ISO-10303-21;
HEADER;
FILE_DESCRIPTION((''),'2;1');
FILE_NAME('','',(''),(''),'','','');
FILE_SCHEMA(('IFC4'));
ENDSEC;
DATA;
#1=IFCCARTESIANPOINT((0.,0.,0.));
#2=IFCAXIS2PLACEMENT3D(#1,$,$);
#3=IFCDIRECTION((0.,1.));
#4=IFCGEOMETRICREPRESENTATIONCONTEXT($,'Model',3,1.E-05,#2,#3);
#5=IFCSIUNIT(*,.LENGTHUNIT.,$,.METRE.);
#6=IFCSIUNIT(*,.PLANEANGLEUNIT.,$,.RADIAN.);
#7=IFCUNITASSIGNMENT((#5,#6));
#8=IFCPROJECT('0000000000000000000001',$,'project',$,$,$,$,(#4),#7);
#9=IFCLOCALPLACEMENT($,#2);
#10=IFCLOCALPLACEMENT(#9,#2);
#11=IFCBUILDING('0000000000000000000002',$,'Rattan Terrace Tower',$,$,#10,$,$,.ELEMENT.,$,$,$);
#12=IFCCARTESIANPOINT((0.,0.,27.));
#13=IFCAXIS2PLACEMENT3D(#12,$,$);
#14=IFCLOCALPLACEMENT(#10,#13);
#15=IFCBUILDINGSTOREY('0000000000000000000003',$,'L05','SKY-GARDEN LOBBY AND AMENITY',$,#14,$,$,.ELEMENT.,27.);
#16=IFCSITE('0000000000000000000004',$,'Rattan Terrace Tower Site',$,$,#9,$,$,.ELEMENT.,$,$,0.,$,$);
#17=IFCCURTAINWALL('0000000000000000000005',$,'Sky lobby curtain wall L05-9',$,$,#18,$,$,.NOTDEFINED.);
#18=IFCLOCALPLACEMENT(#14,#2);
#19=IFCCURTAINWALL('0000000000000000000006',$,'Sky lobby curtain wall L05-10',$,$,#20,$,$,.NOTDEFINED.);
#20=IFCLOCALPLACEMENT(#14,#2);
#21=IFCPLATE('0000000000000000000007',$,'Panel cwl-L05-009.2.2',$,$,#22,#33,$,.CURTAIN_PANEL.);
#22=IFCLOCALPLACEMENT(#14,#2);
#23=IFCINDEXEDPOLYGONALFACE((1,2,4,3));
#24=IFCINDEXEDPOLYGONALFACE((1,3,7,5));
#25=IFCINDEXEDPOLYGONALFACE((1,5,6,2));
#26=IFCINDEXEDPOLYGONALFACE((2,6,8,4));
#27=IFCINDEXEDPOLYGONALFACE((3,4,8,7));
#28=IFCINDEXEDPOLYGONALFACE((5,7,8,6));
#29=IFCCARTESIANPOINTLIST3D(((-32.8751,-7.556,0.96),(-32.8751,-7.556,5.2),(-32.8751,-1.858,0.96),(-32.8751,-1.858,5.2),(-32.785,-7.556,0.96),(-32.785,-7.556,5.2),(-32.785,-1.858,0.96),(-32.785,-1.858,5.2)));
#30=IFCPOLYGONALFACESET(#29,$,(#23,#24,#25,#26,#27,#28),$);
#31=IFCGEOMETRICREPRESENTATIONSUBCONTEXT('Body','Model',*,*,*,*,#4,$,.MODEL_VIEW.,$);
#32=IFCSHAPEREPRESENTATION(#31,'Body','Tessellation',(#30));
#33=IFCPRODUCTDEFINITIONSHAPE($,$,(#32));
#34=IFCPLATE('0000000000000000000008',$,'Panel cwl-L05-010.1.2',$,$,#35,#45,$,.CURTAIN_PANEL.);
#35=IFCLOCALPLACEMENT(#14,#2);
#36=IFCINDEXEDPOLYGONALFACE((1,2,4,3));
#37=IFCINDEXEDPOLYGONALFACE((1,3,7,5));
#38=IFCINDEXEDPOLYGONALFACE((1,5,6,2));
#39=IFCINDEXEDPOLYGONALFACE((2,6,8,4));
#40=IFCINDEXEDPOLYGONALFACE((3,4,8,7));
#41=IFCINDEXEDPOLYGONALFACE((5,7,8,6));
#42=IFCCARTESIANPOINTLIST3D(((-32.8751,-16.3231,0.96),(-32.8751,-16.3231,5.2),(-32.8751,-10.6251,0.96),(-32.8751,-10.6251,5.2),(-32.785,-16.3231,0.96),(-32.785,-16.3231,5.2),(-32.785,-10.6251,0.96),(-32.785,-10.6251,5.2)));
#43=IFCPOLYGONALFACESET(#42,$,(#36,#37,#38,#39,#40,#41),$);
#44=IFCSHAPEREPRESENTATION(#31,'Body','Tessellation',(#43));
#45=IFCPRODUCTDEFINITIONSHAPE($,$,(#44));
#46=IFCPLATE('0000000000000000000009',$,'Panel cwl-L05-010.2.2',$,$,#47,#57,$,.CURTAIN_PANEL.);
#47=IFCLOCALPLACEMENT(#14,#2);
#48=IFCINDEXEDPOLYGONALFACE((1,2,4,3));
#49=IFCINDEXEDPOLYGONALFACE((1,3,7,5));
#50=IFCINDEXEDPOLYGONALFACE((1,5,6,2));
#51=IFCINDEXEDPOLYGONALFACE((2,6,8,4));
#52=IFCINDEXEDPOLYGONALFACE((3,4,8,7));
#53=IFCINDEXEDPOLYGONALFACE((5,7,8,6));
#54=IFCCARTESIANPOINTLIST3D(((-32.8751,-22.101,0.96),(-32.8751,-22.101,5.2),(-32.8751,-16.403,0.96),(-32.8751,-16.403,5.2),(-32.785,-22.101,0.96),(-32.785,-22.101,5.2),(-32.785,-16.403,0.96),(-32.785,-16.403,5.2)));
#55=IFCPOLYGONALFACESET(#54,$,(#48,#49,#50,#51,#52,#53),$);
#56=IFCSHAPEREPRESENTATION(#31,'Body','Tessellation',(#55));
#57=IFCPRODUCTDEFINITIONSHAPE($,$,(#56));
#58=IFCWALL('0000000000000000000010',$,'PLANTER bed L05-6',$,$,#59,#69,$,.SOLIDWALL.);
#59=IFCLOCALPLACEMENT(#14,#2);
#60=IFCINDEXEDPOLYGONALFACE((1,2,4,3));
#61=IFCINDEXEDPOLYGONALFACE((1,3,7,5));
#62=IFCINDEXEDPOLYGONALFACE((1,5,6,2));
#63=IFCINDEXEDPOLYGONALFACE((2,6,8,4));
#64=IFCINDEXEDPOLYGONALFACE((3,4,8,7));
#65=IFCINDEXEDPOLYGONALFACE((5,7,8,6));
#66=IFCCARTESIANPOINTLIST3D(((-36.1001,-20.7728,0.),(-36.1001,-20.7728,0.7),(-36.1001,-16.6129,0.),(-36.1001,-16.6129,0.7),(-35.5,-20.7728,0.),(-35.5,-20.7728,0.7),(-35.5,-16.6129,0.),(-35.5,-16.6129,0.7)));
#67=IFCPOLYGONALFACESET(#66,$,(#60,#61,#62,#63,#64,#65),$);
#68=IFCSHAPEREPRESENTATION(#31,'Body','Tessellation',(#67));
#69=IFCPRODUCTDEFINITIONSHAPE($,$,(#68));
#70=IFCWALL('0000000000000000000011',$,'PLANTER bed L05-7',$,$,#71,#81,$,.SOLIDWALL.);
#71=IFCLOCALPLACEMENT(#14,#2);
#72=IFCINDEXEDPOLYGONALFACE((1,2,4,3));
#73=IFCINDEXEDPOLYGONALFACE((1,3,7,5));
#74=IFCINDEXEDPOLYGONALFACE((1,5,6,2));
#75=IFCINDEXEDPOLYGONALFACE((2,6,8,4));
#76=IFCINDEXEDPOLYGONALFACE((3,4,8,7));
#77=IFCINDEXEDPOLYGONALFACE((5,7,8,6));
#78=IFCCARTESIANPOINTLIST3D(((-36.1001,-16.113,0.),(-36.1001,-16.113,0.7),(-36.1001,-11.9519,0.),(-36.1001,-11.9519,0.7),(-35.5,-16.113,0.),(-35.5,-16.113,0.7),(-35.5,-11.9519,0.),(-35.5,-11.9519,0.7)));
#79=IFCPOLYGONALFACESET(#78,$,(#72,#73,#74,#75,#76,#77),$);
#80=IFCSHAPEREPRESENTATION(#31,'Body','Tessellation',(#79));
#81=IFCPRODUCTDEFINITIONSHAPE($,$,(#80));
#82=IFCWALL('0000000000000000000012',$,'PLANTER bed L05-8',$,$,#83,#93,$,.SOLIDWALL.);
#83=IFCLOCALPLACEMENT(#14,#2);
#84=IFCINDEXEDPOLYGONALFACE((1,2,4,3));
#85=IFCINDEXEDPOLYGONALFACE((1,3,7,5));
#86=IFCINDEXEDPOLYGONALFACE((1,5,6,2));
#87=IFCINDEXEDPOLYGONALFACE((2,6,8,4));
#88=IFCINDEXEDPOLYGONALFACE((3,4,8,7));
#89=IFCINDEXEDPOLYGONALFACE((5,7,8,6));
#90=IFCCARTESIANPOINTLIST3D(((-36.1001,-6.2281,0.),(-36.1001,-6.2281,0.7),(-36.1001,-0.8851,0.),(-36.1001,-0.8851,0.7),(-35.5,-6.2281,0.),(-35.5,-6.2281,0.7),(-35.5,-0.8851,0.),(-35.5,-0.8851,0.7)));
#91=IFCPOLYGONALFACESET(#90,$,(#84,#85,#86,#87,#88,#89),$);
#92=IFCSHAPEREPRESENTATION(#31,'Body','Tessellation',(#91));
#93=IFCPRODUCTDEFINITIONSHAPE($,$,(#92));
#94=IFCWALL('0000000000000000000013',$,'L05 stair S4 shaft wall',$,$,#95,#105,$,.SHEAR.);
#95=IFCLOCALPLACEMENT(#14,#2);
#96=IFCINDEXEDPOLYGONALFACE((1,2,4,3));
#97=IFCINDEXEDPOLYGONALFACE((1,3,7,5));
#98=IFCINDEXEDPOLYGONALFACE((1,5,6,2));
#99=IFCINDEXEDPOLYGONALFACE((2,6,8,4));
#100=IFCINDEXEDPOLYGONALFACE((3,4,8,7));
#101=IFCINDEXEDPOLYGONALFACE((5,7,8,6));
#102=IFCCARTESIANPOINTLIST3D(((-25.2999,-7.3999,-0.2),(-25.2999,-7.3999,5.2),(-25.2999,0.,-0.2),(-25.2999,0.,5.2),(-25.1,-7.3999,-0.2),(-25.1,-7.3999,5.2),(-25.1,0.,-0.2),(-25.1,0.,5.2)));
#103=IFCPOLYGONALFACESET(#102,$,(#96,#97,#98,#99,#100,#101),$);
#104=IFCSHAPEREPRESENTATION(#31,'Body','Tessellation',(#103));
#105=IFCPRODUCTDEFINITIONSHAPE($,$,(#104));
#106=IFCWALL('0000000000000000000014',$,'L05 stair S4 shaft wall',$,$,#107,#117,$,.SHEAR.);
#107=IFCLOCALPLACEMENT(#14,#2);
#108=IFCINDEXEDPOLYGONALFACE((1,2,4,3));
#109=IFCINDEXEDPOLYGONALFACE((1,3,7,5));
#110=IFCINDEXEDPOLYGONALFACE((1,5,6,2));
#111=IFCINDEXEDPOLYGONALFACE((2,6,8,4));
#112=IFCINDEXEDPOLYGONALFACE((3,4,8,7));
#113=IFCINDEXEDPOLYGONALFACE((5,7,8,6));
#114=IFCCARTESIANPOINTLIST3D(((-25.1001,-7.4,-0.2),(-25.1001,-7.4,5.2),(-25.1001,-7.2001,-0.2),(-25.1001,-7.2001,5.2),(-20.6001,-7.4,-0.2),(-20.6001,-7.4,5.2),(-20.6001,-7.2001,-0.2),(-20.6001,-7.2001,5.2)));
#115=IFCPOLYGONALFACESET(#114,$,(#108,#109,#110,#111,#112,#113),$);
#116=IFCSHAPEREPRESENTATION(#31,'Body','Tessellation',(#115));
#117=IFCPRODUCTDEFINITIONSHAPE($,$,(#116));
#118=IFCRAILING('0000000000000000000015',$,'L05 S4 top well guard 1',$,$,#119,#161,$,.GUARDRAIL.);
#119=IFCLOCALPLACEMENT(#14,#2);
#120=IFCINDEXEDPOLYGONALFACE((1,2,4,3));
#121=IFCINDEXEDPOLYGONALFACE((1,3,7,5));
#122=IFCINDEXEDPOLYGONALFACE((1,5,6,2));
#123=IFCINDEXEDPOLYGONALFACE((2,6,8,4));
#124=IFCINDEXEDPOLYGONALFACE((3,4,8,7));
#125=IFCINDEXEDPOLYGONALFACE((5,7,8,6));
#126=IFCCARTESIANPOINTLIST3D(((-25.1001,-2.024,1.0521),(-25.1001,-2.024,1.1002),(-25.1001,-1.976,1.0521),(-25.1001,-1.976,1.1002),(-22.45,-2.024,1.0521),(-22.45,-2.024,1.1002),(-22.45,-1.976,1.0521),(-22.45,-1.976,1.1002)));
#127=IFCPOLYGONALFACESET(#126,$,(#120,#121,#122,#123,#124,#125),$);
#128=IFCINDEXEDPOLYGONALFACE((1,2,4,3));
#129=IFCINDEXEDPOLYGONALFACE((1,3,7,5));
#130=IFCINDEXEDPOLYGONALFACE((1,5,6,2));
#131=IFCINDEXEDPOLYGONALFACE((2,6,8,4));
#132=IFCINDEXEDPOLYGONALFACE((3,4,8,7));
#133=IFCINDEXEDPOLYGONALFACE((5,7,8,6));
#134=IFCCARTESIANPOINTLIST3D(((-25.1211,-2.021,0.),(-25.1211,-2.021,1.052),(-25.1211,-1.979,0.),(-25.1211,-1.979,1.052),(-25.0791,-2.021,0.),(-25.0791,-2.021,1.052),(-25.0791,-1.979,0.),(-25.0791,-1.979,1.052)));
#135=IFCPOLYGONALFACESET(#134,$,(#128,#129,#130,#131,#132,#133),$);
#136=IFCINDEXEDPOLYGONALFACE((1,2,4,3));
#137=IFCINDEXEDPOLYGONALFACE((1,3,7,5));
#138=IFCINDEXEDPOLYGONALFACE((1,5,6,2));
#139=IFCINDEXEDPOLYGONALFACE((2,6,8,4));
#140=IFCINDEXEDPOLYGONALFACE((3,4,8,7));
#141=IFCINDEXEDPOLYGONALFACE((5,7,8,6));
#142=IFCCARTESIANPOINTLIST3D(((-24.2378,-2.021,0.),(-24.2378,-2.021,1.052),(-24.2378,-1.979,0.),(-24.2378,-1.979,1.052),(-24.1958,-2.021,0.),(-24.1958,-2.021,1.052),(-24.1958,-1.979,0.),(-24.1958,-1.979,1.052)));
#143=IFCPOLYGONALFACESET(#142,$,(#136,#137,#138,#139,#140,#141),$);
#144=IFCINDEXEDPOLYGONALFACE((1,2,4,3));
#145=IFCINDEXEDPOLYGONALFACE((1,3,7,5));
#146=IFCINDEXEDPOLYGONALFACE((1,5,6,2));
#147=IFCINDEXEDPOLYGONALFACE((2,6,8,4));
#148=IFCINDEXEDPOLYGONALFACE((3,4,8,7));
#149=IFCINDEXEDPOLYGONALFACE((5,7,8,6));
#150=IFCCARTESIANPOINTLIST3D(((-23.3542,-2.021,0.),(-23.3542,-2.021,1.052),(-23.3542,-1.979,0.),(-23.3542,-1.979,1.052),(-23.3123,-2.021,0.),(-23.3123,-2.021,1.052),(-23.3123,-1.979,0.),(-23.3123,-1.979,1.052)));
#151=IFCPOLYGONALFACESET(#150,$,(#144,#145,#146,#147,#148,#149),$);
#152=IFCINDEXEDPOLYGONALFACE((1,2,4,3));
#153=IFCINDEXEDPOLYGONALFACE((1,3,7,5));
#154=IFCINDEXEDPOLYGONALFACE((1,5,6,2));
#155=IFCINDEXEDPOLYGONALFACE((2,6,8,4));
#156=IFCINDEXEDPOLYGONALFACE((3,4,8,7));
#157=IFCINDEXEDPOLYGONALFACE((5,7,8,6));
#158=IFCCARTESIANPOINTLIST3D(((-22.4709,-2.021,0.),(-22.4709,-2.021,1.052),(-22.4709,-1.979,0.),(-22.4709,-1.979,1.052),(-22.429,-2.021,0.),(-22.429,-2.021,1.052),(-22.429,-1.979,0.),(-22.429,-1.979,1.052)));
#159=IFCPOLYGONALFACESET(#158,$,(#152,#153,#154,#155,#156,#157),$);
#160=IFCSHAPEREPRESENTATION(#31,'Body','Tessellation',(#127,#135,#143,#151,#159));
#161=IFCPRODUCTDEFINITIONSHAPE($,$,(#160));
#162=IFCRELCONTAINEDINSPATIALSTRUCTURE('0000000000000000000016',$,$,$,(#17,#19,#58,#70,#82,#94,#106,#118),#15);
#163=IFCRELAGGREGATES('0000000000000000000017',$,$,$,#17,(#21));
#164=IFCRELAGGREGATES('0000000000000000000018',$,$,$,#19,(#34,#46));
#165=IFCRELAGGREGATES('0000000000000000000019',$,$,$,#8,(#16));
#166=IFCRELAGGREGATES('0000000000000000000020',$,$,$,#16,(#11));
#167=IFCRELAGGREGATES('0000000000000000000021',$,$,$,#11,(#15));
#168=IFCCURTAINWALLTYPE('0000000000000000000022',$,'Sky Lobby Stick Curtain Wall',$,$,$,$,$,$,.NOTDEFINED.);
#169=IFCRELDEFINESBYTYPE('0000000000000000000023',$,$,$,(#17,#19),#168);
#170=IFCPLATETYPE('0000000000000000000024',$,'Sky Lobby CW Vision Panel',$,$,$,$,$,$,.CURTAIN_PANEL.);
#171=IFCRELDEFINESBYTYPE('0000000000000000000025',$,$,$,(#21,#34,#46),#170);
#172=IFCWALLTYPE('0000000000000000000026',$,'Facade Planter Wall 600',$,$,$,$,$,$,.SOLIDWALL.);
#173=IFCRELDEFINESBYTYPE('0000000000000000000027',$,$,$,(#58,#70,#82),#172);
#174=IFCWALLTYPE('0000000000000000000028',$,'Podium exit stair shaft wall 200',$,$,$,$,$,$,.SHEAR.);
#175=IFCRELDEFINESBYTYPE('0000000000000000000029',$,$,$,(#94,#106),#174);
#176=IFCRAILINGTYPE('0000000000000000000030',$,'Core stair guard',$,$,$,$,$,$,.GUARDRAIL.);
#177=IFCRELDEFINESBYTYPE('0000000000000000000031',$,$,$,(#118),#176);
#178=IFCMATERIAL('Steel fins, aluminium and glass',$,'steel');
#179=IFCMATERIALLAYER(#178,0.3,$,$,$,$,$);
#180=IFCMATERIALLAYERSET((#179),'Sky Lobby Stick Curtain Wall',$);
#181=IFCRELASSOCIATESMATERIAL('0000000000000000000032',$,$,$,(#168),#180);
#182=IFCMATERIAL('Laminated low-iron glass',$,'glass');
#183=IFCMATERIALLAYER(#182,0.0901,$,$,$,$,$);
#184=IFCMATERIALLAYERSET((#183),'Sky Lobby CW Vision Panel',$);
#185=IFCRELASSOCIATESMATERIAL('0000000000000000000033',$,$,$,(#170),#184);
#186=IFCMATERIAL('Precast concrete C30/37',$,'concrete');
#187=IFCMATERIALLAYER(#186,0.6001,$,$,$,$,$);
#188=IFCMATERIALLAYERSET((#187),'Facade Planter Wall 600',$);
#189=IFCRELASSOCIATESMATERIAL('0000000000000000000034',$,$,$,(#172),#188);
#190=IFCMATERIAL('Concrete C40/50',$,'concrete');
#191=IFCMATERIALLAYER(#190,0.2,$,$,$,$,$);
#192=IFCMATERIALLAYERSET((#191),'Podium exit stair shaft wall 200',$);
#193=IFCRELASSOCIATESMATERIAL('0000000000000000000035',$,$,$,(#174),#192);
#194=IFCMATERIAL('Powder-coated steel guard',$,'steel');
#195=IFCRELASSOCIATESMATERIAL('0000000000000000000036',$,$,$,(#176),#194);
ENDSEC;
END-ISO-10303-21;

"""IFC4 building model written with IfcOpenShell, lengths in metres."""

from ifc_helpers import new_model, si_unit, direction, frame, frame_2d, origin, origin_2d, place, context, subcontext, project, spatial, rectangle, extrude, material, layer, layer_set, type_object, element, aggregate, save


model = new_model("IFC4")

# Units and contexts
model_context = context("Model", 3, precision=1e-05, world=origin(), true_north=direction((0.0, 1.0)))
body_context = subcontext(model_context, "Body", "Model", "MODEL_VIEW")
ifc_project = project(units=[si_unit("LENGTHUNIT", "METRE"), si_unit("PLANEANGLEUNIT", "RADIAN")], contexts=[model_context])

# Site, building, storey
site_placement = place(None, origin())
site = spatial("IfcSite", under=ifc_project, at=site_placement, Name="Rattan Terrace Tower Site", CompositionType="ELEMENT", RefElevation=0.0)
building_placement = place(site_placement, origin())
building = spatial("IfcBuilding", under=site, at=building_placement, Name="Rattan Terrace Tower", CompositionType="ELEMENT")
storey_placement = place(building_placement, frame((0.0, 0.0, 27.0)))
storey = spatial("IfcBuildingStorey", under=building, at=storey_placement, Name="L05", Description="SKY-GARDEN LOBBY AND AMENITY", CompositionType="ELEMENT", Elevation=27.0)

# Curtain walls
ifc_material_1 = material(Name="Steel fins, aluminium and glass", Category="steel")
ifc_layer_1 = layer(ifc_material_1, 0.3)
ifc_layer_set_1 = layer_set([ifc_layer_1], Name="Sky Lobby Stick Curtain Wall")
curtain_wall_type = type_object("IfcCurtainWallType", Name="Sky Lobby Stick Curtain Wall", PredefinedType="NOTDEFINED", material=ifc_layer_set_1)
curtain_wall_1_placement = place(storey_placement, origin())
curtain_wall_1 = element("IfcCurtainWall", 1, at=curtain_wall_1_placement, inside=storey, type_object=curtain_wall_type, Name="Sky lobby curtain wall L05-9", PredefinedType="NOTDEFINED")
curtain_wall_2_placement = place(storey_placement, origin())
curtain_wall_2 = element("IfcCurtainWall", 2, at=curtain_wall_2_placement, inside=storey, type_object=curtain_wall_type, Name="Sky lobby curtain wall L05-10", PredefinedType="NOTDEFINED")

# Plates
ifc_material_2 = material(Name="Laminated low-iron glass", Category="glass")
ifc_layer_2 = layer(ifc_material_2, 0.0901)
ifc_layer_set_2 = layer_set([ifc_layer_2], Name="Sky Lobby CW Vision Panel")
plate_type_1 = type_object("IfcPlateType", Name="Sky Lobby CW Vision Panel", PredefinedType="CURTAIN_PANEL", material=ifc_layer_set_2)
plate_1_placement = place(storey_placement, frame((-32.8301, -4.707, 0.96), z_axis=(0.0, 0.0, 1.0), x_axis=(0.0, -1.0, 0.0)))
plate_1 = element("IfcPlate", 3, at=plate_1_placement, type_object=plate_type_1, Name="Panel cwl-L05-009.2.2", PredefinedType="CURTAIN_PANEL", context=body_context, shape_type="SweptSolid", body=[
    extrude(rectangle(XDim=5.698, YDim=0.0901, at=origin_2d()), origin(), (0.0, 0.0, 1.0), 4.24),
])
aggregate(curtain_wall_1, [plate_1])
plate_2_placement = place(storey_placement, frame((-32.8301, -13.4741, 0.96), z_axis=(0.0, 0.0, 1.0), x_axis=(0.0, -1.0, 0.0)))
plate_2 = element("IfcPlate", 4, at=plate_2_placement, type_object=plate_type_1, Name="Panel cwl-L05-010.1.2", PredefinedType="CURTAIN_PANEL", context=body_context, shape_type="SweptSolid", body=[
    extrude(rectangle(XDim=5.698, YDim=0.0901, at=origin_2d()), origin(), (0.0, 0.0, 1.0), 4.24),
])
plate_3_placement = place(storey_placement, frame((-32.8301, -19.252, 0.96), z_axis=(0.0, 0.0, 1.0), x_axis=(0.0, -1.0, 0.0)))
plate_3 = element("IfcPlate", 5, at=plate_3_placement, type_object=plate_type_1, Name="Panel cwl-L05-010.2.2", PredefinedType="CURTAIN_PANEL", context=body_context, shape_type="SweptSolid", body=[
    extrude(rectangle(XDim=5.698, YDim=0.0901, at=origin_2d()), origin(), (0.0, 0.0, 1.0), 4.24),
])
aggregate(curtain_wall_2, [plate_2, plate_3])

# Walls
ifc_material_3 = material(Name="Precast concrete C30/37", Category="concrete")
ifc_layer_3 = layer(ifc_material_3, 0.6001)
ifc_layer_set_3 = layer_set([ifc_layer_3], Name="Facade Planter Wall 600")
wall_type_1 = type_object("IfcWallType", Name="Facade Planter Wall 600", PredefinedType="SOLIDWALL", material=ifc_layer_set_3)
wall_1_placement = place(storey_placement, frame((-35.8, -20.7729, 0.0), z_axis=(0.0, 0.0, 1.0), x_axis=(0.0, 1.0, 0.0)))
element("IfcWall", 6, at=wall_1_placement, inside=storey, type_object=wall_type_1, Name="PLANTER bed L05-6", PredefinedType="SOLIDWALL", context=body_context, shape_type="SweptSolid", body=[
    extrude(rectangle(XDim=4.1599, YDim=0.6001, at=frame_2d((2.0801, 0.0))), origin(), (0.0, 0.0, 1.0), 0.7),
])
wall_2_placement = place(storey_placement, frame((-35.8, -16.113, 0.0), z_axis=(0.0, 0.0, 1.0), x_axis=(0.0, 1.0, 0.0)))
element("IfcWall", 7, at=wall_2_placement, inside=storey, type_object=wall_type_1, Name="PLANTER bed L05-7", PredefinedType="SOLIDWALL", context=body_context, shape_type="SweptSolid", body=[
    extrude(rectangle(XDim=4.1611, YDim=0.6001, at=frame_2d((2.0806, 0.0))), origin(), (0.0, 0.0, 1.0), 0.7),
])
wall_3_placement = place(storey_placement, frame((-35.8, -6.228, 0.0), z_axis=(0.0, 0.0, 1.0), x_axis=(0.0, 1.0, 0.0)))
element("IfcWall", 8, at=wall_3_placement, inside=storey, type_object=wall_type_1, Name="PLANTER bed L05-8", PredefinedType="SOLIDWALL", context=body_context, shape_type="SweptSolid", body=[
    extrude(rectangle(XDim=5.343, YDim=0.6001, at=frame_2d((2.6714, 0.0))), origin(), (0.0, 0.0, 1.0), 0.7),
])
ifc_material_4 = material(Name="Concrete C40/50", Category="concrete")
ifc_layer_4 = layer(ifc_material_4, 0.2)
ifc_layer_set_4 = layer_set([ifc_layer_4], Name="Podium exit stair shaft wall 200")
wall_type_2 = type_object("IfcWallType", Name="Podium exit stair shaft wall 200", PredefinedType="SHEAR", material=ifc_layer_set_4)
wall_4_placement = place(storey_placement, frame((-25.2, -7.3999, -0.2), z_axis=(0.0, 0.0, 1.0), x_axis=(0.0, 1.0, 0.0)))
element("IfcWall", 9, at=wall_4_placement, inside=storey, type_object=wall_type_2, Name="L05 stair S4 shaft wall", PredefinedType="SHEAR", context=body_context, shape_type="SweptSolid", body=[
    extrude(rectangle(XDim=7.3999, YDim=0.2, at=frame_2d((3.7, 0.0))), origin(), (0.0, 0.0, 1.0), 5.3999),
])
wall_5_placement = place(storey_placement, frame((-25.1001, -7.3, -0.2), z_axis=(0.0, 0.0, 1.0), x_axis=(1.0, 0.0, 0.0)))
element("IfcWall", 10, at=wall_5_placement, inside=storey, type_object=wall_type_2, Name="L05 stair S4 shaft wall", PredefinedType="SHEAR", context=body_context, shape_type="SweptSolid", body=[
    extrude(rectangle(XDim=4.5, YDim=0.2, at=frame_2d((2.25, 0.0))), origin(), (0.0, 0.0, 1.0), 5.3999),
])

# Railing
ifc_material_5 = material(Name="Powder-coated steel guard", Category="steel")
railing_type = type_object("IfcRailingType", Name="Core stair guard", PredefinedType="GUARDRAIL", material=ifc_material_5)
railing_placement = place(storey_placement, frame((-25.1001, -2.0, 0.0)))
element("IfcRailing", 11, at=railing_placement, inside=storey, type_object=railing_type, Name="L05 S4 top well guard 1", PredefinedType="GUARDRAIL", context=body_context, shape_type="SweptSolid", body=[
    extrude(rectangle(XDim=0.0481, YDim=0.0481, at=origin_2d()), frame((0.0, 0.0, 1.0762), z_axis=(1.0, 0.0, 0.0), x_axis=(0.0, 1.0, 0.0)), (0.0, 0.0, 1.0), 2.6501),
    extrude(rectangle(XDim=0.042, YDim=0.042, at=origin_2d()), origin(), (0.0, 0.0, 1.0), 1.052),
    extrude(rectangle(XDim=0.042, YDim=0.042, at=origin_2d()), frame((0.8833, 0.0, 0.0)), (0.0, 0.0, 1.0), 1.052),
    extrude(rectangle(XDim=0.042, YDim=0.042, at=origin_2d()), frame((1.7668, 0.0, 0.0)), (0.0, 0.0, 1.0), 1.052),
    extrude(rectangle(XDim=0.042, YDim=0.042, at=origin_2d()), frame((2.6501, 0.0, 0.0)), (0.0, 0.0, 1.0), 1.052),
])

save(model, "model.ifc")
